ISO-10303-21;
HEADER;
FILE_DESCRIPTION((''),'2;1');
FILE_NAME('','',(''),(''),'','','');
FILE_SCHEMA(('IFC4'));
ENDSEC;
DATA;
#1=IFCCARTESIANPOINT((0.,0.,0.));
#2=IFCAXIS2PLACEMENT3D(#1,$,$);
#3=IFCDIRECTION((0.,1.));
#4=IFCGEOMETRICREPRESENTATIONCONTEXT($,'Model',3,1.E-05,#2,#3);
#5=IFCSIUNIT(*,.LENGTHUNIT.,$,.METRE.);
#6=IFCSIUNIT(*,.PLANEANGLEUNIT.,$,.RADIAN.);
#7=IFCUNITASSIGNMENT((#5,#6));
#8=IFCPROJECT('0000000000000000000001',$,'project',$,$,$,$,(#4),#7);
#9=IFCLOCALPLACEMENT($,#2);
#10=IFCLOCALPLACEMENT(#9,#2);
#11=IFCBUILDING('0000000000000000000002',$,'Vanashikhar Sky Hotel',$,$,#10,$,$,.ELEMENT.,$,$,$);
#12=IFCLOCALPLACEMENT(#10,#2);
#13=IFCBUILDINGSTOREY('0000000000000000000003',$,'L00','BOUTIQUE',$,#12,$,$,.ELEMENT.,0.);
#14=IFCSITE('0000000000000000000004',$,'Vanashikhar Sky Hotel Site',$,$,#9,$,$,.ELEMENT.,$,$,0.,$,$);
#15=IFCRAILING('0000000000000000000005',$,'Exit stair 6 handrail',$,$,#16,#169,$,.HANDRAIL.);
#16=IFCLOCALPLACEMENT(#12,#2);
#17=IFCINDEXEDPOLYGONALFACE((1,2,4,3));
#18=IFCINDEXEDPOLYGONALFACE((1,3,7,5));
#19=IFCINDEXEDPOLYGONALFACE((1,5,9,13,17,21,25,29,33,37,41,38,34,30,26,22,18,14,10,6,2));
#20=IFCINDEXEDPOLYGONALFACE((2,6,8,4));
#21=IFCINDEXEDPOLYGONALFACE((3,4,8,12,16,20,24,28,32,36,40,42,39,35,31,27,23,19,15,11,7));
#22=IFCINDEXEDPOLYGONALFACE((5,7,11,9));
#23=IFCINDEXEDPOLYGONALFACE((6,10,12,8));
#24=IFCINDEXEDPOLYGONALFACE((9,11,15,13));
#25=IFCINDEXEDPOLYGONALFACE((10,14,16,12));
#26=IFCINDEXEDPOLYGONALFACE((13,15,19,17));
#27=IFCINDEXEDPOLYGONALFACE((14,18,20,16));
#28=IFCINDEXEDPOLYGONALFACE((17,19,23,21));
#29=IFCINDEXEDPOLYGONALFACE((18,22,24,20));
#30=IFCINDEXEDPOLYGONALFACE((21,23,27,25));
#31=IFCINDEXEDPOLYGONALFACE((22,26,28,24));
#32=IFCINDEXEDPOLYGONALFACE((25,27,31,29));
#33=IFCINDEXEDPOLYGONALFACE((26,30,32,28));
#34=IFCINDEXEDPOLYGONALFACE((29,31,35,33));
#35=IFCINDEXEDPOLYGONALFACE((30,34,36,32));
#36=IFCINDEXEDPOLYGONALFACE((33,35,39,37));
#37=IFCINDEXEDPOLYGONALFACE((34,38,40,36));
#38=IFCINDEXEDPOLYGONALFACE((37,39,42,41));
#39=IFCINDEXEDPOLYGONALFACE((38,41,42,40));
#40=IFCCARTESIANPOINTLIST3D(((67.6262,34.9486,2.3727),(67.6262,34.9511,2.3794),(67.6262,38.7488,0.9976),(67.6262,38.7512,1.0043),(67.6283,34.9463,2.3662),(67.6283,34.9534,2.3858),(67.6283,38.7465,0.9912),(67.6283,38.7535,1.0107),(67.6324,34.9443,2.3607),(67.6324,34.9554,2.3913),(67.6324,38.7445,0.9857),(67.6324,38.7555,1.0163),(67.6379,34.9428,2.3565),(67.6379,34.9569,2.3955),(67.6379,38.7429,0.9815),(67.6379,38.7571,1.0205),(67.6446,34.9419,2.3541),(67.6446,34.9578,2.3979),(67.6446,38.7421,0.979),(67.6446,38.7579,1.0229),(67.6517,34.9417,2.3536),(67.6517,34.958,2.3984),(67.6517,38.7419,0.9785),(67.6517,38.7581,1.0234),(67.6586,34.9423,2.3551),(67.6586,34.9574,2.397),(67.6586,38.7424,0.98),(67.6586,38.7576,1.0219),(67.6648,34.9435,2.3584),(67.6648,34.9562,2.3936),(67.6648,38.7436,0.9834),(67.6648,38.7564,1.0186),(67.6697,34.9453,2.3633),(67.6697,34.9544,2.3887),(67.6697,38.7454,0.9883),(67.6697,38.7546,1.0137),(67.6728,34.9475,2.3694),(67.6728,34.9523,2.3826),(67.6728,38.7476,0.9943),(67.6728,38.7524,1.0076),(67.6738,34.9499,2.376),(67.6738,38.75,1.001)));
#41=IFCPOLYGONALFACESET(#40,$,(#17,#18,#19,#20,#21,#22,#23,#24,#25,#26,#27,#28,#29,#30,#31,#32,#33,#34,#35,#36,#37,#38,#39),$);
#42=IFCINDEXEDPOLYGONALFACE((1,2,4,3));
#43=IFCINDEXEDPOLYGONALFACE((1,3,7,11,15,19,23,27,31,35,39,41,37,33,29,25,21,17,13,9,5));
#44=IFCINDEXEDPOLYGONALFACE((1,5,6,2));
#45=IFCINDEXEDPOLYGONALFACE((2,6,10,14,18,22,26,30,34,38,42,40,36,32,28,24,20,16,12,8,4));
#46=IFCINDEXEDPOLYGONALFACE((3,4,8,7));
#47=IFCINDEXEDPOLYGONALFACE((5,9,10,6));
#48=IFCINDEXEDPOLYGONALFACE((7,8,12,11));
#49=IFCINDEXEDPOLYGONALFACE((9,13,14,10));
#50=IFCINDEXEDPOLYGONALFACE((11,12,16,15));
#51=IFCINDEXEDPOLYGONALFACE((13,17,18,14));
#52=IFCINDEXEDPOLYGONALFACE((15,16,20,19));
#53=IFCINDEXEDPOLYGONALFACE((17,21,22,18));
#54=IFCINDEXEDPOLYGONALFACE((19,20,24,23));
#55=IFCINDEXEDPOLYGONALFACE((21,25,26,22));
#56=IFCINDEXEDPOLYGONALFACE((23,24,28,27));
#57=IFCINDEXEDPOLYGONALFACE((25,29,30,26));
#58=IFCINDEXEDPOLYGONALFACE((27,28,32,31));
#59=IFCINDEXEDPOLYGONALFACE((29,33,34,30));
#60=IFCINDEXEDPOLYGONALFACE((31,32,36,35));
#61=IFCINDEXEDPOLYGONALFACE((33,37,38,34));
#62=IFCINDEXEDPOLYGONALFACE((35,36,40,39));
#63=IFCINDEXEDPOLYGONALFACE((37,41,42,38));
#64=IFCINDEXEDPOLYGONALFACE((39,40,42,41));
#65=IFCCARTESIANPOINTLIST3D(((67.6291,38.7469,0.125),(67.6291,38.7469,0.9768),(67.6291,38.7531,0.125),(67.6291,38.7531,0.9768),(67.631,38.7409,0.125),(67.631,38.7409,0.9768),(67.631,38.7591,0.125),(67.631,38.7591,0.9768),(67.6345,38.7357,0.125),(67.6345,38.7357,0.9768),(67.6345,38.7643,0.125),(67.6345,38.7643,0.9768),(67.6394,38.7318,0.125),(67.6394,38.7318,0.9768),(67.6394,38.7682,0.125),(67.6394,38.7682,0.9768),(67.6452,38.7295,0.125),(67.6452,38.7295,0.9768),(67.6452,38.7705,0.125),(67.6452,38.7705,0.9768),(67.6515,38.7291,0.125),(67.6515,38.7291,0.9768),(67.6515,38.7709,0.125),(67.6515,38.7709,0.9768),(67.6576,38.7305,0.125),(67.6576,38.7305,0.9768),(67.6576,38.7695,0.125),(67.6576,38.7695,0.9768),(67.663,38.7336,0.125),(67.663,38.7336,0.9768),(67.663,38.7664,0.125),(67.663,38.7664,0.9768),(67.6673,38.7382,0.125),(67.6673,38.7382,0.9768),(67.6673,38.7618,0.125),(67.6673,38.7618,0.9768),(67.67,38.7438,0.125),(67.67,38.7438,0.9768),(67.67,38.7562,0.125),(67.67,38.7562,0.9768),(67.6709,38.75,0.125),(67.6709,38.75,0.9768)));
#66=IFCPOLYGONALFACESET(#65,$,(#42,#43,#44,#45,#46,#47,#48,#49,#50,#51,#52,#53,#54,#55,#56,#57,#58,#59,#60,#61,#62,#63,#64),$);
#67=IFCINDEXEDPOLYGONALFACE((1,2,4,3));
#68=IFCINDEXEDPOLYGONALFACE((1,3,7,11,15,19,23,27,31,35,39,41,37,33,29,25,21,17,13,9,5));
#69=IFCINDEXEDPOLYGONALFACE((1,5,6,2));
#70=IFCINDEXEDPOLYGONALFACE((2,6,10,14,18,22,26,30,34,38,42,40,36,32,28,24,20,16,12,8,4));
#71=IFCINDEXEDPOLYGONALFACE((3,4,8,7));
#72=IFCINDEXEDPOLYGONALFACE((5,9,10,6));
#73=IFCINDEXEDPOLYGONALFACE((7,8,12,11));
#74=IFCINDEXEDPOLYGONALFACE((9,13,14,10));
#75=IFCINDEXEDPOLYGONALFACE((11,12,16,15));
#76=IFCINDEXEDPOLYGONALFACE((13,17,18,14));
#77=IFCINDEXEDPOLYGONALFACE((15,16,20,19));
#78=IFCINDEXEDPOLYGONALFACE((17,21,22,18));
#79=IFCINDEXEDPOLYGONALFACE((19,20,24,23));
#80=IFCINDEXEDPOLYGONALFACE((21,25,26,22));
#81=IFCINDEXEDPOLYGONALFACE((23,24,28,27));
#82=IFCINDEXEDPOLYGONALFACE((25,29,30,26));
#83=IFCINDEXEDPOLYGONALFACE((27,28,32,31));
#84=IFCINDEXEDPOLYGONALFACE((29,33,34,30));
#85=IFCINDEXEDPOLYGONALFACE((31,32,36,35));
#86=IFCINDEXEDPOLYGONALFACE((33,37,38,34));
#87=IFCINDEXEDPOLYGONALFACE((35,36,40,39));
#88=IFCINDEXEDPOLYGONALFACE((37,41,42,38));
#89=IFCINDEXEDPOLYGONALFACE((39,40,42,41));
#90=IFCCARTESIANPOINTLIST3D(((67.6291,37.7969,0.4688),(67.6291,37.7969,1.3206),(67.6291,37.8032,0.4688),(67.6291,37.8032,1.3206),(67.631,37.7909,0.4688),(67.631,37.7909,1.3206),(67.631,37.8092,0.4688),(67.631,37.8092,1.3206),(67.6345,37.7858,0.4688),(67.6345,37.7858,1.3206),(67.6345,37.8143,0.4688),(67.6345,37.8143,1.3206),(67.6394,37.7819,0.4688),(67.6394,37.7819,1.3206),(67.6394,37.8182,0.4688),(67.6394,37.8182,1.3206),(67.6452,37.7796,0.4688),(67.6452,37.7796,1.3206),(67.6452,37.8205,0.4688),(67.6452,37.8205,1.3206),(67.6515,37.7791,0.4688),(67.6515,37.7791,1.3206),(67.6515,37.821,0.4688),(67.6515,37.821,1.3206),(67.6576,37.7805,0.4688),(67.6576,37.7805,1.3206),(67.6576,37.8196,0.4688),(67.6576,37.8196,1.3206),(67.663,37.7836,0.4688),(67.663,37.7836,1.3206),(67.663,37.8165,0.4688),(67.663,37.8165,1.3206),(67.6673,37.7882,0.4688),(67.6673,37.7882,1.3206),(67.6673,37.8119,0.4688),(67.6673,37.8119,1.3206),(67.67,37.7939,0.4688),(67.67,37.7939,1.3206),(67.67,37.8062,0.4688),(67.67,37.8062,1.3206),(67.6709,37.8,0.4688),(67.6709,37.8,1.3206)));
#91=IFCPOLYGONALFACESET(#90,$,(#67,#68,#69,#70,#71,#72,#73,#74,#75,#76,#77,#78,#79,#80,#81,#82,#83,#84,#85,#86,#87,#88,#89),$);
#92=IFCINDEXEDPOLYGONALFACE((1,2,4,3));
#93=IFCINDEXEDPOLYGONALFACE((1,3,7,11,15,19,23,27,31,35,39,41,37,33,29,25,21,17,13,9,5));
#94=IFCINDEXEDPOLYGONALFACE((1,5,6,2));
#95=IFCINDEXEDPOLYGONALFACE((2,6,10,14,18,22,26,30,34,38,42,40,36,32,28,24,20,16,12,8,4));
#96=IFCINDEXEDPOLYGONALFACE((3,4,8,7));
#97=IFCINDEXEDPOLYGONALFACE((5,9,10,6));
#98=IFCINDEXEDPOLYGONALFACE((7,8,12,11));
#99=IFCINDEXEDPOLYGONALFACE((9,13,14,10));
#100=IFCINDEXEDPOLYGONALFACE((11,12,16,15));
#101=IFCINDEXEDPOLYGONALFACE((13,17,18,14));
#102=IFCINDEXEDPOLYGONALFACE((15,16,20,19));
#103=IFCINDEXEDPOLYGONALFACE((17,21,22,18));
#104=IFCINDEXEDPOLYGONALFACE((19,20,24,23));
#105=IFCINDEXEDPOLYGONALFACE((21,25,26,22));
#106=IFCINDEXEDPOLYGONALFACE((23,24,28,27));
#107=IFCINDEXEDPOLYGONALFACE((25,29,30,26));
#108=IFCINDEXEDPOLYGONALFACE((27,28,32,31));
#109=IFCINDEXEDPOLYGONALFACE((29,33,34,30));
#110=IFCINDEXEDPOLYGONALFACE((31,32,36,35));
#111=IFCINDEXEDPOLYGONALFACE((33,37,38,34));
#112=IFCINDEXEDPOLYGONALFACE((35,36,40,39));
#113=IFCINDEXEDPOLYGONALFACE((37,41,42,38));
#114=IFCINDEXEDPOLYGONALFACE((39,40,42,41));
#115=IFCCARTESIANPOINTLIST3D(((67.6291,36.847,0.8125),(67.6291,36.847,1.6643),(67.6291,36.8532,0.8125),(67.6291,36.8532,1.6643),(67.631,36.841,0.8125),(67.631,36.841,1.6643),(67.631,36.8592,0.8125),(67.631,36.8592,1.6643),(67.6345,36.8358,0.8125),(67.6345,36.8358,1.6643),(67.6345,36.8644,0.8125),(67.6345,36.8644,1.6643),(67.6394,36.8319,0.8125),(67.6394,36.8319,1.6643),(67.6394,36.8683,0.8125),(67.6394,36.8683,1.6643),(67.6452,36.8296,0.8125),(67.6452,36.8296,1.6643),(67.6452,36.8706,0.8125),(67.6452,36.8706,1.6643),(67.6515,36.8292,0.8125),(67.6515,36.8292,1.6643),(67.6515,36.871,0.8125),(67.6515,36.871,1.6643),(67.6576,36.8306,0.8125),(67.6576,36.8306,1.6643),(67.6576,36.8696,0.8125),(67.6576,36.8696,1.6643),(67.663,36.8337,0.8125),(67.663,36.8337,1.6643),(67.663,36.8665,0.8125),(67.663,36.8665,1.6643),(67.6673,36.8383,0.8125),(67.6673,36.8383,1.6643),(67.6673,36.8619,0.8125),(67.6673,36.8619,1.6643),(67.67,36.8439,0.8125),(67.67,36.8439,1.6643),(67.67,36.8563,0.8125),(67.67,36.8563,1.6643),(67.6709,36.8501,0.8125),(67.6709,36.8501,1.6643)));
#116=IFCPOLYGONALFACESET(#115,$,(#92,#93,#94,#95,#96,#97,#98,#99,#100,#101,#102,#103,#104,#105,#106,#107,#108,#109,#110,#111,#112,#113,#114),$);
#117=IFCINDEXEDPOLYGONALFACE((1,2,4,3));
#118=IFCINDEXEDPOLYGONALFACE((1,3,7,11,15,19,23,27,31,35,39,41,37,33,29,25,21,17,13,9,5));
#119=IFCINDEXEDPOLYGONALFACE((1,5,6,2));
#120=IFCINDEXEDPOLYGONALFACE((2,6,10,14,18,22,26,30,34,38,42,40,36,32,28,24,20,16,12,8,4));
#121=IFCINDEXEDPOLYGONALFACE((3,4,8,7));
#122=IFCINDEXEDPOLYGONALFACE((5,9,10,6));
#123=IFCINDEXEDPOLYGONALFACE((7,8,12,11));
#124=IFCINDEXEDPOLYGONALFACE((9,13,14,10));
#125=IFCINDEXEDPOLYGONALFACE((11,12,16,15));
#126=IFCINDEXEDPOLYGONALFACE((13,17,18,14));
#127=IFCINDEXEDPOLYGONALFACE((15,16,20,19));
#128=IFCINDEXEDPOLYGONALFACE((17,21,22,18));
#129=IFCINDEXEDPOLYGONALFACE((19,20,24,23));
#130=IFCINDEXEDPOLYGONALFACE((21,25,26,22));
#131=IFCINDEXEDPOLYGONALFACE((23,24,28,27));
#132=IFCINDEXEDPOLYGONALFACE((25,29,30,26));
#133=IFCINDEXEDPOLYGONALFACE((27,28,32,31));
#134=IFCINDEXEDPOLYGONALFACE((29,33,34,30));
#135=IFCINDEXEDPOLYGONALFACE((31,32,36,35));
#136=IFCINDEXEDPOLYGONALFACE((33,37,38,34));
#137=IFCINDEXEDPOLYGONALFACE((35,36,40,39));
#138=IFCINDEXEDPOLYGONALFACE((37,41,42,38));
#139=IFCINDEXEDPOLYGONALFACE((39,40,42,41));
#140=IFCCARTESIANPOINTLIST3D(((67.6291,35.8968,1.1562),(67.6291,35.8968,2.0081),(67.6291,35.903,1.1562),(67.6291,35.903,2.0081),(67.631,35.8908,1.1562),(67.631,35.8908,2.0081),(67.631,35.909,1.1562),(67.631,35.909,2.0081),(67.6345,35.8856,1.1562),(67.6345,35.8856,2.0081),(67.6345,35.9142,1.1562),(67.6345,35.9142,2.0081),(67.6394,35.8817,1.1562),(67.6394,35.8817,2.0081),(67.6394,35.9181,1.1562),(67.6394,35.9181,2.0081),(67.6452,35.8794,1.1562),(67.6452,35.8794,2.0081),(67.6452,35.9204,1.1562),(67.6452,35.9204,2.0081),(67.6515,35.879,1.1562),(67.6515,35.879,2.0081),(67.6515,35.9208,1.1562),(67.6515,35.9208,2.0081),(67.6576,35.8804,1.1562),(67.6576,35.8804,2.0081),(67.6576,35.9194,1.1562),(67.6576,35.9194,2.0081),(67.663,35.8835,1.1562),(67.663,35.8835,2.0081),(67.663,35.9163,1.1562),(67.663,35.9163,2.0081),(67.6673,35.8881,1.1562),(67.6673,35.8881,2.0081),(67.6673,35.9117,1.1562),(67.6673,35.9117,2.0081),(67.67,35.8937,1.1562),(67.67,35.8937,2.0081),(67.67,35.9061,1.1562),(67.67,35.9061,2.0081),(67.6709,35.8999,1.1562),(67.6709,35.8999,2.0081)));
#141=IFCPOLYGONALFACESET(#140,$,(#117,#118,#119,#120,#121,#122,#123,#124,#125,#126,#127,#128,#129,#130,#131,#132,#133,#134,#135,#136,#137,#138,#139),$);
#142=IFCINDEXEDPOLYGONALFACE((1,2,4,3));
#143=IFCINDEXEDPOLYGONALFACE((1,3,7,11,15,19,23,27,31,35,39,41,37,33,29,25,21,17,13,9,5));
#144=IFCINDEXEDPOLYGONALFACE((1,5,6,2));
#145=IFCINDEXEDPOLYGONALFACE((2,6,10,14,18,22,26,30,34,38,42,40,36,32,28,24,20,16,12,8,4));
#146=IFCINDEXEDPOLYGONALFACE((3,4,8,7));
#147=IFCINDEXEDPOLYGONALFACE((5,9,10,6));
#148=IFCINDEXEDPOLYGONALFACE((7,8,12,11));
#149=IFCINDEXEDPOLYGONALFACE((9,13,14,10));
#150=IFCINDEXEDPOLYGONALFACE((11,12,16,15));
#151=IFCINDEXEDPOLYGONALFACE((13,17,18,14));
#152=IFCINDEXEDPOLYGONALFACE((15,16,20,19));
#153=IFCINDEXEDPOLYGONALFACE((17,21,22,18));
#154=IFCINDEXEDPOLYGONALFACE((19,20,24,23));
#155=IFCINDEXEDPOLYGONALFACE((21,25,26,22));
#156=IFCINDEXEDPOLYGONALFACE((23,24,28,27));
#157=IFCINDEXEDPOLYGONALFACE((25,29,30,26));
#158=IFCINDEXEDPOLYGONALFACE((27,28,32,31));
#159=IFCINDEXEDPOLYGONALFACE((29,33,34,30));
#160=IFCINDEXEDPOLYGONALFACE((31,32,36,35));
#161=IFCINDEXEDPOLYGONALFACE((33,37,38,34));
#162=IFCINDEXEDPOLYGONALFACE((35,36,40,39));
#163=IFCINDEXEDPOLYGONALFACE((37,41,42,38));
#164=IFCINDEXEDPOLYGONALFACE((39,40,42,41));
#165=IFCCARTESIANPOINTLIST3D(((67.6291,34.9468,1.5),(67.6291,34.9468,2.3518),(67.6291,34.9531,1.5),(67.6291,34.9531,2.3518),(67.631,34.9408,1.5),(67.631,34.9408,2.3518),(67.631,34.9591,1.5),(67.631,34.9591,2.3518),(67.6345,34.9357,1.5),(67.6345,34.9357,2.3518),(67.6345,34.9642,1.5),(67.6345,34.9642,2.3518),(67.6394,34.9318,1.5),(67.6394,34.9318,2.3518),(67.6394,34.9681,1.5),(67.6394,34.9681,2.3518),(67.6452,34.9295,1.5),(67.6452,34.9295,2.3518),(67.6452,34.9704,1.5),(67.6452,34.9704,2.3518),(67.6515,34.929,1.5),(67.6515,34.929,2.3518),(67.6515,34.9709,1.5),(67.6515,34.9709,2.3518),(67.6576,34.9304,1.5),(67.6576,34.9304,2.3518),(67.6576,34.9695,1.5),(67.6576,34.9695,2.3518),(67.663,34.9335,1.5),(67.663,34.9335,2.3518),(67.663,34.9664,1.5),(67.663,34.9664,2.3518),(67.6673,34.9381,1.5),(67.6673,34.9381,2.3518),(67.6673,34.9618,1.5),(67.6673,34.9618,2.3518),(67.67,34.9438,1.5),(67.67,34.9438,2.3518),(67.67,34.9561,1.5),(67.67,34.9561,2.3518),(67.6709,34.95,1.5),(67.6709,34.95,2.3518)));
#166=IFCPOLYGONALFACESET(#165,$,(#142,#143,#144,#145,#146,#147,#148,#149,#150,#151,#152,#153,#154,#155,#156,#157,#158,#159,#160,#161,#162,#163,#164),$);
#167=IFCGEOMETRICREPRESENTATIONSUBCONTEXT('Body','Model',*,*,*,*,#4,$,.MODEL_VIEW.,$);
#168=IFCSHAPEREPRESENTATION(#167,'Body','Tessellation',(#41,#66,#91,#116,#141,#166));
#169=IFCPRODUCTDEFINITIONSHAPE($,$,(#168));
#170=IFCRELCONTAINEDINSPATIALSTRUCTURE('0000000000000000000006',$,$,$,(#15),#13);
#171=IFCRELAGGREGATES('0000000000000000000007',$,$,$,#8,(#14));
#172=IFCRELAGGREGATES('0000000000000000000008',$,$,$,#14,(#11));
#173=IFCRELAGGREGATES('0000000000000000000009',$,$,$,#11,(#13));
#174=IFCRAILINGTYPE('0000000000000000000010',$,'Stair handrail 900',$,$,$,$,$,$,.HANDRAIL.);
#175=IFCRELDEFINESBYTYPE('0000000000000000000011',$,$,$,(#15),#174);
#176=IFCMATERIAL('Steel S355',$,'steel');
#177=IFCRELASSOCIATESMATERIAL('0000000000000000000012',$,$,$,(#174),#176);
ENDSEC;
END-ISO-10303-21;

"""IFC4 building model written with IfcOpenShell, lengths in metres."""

from ifc_helpers import new_model, si_unit, direction, frame, origin, origin_2d, place, context, subcontext, project, spatial, circle, extrude, source, transform, mapped, material, type_object, element, save


model = new_model("IFC4")

# Units and contexts
model_context = context("Model", 3, precision=1e-05, world=origin(), true_north=direction((0.0, 1.0)))
body_context = subcontext(model_context, "Body", "Model", "MODEL_VIEW")
ifc_project = project(units=[si_unit("LENGTHUNIT", "METRE"), si_unit("PLANEANGLEUNIT", "RADIAN")], contexts=[model_context])

# Site, building, storey
site_placement = place(None, origin())
site = spatial("IfcSite", under=ifc_project, at=site_placement, Name="Vanashikhar Sky Hotel Site", CompositionType="ELEMENT", RefElevation=0.0)
building_placement = place(site_placement, origin())
building = spatial("IfcBuilding", under=site, at=building_placement, Name="Vanashikhar Sky Hotel", CompositionType="ELEMENT")
storey_placement = place(building_placement, origin())
storey = spatial("IfcBuildingStorey", under=building, at=storey_placement, Name="L00", Description="BOUTIQUE", CompositionType="ELEMENT", Elevation=0.0)

# Railing
ifc_material_1 = material(Name="Steel S355", Category="steel")
railing_type = type_object("IfcRailingType", Name="Stair handrail 900", PredefinedType="HANDRAIL", material=ifc_material_1)
shared_shape_1 = source(origin(), body_context, "Body", "SweptSolid", [
    extrude(circle(Radius=0.0239, at=origin_2d()), frame((0.0, 0.0, 0.876), z_axis=(0.0, -0.940336, 0.340249), x_axis=(1.0, 0.0, 0.0)), (0.0, 0.0, 1.0), 4.0413),
    extrude(circle(Radius=0.021, at=origin_2d()), origin(), (0.0, 0.0, 1.0), 0.8518),
    extrude(circle(Radius=0.021, at=origin_2d()), frame((0.0, -0.95, 0.3438)), (0.0, 0.0, 1.0), 0.8518),
    extrude(circle(Radius=0.021, at=origin_2d()), frame((0.0, -1.8999, 0.6875)), (0.0, 0.0, 1.0), 0.8518),
    extrude(circle(Radius=0.021, at=origin_2d()), frame((0.0, -2.8501, 1.0312)), (0.0, 0.0, 1.0), 0.8518),
    extrude(circle(Radius=0.021, at=origin_2d()), frame((0.0, -3.8, 1.375)), (0.0, 0.0, 1.0), 0.8518),
])
for number, where, name in (
    (1, (67.6499, 38.75, 0.125), "Exit stair 6 handrail"),
):
    element("IfcRailing", number, at=place(storey_placement, frame(where)), inside=storey, type_object=railing_type, Name=name, PredefinedType="HANDRAIL", context=body_context, shape_type="MappedRepresentation", body=[
        mapped(shared_shape_1, transform((0.0, 0.0, 0.0), scale=1.0)),
    ])

save(model, "model.ifc")
